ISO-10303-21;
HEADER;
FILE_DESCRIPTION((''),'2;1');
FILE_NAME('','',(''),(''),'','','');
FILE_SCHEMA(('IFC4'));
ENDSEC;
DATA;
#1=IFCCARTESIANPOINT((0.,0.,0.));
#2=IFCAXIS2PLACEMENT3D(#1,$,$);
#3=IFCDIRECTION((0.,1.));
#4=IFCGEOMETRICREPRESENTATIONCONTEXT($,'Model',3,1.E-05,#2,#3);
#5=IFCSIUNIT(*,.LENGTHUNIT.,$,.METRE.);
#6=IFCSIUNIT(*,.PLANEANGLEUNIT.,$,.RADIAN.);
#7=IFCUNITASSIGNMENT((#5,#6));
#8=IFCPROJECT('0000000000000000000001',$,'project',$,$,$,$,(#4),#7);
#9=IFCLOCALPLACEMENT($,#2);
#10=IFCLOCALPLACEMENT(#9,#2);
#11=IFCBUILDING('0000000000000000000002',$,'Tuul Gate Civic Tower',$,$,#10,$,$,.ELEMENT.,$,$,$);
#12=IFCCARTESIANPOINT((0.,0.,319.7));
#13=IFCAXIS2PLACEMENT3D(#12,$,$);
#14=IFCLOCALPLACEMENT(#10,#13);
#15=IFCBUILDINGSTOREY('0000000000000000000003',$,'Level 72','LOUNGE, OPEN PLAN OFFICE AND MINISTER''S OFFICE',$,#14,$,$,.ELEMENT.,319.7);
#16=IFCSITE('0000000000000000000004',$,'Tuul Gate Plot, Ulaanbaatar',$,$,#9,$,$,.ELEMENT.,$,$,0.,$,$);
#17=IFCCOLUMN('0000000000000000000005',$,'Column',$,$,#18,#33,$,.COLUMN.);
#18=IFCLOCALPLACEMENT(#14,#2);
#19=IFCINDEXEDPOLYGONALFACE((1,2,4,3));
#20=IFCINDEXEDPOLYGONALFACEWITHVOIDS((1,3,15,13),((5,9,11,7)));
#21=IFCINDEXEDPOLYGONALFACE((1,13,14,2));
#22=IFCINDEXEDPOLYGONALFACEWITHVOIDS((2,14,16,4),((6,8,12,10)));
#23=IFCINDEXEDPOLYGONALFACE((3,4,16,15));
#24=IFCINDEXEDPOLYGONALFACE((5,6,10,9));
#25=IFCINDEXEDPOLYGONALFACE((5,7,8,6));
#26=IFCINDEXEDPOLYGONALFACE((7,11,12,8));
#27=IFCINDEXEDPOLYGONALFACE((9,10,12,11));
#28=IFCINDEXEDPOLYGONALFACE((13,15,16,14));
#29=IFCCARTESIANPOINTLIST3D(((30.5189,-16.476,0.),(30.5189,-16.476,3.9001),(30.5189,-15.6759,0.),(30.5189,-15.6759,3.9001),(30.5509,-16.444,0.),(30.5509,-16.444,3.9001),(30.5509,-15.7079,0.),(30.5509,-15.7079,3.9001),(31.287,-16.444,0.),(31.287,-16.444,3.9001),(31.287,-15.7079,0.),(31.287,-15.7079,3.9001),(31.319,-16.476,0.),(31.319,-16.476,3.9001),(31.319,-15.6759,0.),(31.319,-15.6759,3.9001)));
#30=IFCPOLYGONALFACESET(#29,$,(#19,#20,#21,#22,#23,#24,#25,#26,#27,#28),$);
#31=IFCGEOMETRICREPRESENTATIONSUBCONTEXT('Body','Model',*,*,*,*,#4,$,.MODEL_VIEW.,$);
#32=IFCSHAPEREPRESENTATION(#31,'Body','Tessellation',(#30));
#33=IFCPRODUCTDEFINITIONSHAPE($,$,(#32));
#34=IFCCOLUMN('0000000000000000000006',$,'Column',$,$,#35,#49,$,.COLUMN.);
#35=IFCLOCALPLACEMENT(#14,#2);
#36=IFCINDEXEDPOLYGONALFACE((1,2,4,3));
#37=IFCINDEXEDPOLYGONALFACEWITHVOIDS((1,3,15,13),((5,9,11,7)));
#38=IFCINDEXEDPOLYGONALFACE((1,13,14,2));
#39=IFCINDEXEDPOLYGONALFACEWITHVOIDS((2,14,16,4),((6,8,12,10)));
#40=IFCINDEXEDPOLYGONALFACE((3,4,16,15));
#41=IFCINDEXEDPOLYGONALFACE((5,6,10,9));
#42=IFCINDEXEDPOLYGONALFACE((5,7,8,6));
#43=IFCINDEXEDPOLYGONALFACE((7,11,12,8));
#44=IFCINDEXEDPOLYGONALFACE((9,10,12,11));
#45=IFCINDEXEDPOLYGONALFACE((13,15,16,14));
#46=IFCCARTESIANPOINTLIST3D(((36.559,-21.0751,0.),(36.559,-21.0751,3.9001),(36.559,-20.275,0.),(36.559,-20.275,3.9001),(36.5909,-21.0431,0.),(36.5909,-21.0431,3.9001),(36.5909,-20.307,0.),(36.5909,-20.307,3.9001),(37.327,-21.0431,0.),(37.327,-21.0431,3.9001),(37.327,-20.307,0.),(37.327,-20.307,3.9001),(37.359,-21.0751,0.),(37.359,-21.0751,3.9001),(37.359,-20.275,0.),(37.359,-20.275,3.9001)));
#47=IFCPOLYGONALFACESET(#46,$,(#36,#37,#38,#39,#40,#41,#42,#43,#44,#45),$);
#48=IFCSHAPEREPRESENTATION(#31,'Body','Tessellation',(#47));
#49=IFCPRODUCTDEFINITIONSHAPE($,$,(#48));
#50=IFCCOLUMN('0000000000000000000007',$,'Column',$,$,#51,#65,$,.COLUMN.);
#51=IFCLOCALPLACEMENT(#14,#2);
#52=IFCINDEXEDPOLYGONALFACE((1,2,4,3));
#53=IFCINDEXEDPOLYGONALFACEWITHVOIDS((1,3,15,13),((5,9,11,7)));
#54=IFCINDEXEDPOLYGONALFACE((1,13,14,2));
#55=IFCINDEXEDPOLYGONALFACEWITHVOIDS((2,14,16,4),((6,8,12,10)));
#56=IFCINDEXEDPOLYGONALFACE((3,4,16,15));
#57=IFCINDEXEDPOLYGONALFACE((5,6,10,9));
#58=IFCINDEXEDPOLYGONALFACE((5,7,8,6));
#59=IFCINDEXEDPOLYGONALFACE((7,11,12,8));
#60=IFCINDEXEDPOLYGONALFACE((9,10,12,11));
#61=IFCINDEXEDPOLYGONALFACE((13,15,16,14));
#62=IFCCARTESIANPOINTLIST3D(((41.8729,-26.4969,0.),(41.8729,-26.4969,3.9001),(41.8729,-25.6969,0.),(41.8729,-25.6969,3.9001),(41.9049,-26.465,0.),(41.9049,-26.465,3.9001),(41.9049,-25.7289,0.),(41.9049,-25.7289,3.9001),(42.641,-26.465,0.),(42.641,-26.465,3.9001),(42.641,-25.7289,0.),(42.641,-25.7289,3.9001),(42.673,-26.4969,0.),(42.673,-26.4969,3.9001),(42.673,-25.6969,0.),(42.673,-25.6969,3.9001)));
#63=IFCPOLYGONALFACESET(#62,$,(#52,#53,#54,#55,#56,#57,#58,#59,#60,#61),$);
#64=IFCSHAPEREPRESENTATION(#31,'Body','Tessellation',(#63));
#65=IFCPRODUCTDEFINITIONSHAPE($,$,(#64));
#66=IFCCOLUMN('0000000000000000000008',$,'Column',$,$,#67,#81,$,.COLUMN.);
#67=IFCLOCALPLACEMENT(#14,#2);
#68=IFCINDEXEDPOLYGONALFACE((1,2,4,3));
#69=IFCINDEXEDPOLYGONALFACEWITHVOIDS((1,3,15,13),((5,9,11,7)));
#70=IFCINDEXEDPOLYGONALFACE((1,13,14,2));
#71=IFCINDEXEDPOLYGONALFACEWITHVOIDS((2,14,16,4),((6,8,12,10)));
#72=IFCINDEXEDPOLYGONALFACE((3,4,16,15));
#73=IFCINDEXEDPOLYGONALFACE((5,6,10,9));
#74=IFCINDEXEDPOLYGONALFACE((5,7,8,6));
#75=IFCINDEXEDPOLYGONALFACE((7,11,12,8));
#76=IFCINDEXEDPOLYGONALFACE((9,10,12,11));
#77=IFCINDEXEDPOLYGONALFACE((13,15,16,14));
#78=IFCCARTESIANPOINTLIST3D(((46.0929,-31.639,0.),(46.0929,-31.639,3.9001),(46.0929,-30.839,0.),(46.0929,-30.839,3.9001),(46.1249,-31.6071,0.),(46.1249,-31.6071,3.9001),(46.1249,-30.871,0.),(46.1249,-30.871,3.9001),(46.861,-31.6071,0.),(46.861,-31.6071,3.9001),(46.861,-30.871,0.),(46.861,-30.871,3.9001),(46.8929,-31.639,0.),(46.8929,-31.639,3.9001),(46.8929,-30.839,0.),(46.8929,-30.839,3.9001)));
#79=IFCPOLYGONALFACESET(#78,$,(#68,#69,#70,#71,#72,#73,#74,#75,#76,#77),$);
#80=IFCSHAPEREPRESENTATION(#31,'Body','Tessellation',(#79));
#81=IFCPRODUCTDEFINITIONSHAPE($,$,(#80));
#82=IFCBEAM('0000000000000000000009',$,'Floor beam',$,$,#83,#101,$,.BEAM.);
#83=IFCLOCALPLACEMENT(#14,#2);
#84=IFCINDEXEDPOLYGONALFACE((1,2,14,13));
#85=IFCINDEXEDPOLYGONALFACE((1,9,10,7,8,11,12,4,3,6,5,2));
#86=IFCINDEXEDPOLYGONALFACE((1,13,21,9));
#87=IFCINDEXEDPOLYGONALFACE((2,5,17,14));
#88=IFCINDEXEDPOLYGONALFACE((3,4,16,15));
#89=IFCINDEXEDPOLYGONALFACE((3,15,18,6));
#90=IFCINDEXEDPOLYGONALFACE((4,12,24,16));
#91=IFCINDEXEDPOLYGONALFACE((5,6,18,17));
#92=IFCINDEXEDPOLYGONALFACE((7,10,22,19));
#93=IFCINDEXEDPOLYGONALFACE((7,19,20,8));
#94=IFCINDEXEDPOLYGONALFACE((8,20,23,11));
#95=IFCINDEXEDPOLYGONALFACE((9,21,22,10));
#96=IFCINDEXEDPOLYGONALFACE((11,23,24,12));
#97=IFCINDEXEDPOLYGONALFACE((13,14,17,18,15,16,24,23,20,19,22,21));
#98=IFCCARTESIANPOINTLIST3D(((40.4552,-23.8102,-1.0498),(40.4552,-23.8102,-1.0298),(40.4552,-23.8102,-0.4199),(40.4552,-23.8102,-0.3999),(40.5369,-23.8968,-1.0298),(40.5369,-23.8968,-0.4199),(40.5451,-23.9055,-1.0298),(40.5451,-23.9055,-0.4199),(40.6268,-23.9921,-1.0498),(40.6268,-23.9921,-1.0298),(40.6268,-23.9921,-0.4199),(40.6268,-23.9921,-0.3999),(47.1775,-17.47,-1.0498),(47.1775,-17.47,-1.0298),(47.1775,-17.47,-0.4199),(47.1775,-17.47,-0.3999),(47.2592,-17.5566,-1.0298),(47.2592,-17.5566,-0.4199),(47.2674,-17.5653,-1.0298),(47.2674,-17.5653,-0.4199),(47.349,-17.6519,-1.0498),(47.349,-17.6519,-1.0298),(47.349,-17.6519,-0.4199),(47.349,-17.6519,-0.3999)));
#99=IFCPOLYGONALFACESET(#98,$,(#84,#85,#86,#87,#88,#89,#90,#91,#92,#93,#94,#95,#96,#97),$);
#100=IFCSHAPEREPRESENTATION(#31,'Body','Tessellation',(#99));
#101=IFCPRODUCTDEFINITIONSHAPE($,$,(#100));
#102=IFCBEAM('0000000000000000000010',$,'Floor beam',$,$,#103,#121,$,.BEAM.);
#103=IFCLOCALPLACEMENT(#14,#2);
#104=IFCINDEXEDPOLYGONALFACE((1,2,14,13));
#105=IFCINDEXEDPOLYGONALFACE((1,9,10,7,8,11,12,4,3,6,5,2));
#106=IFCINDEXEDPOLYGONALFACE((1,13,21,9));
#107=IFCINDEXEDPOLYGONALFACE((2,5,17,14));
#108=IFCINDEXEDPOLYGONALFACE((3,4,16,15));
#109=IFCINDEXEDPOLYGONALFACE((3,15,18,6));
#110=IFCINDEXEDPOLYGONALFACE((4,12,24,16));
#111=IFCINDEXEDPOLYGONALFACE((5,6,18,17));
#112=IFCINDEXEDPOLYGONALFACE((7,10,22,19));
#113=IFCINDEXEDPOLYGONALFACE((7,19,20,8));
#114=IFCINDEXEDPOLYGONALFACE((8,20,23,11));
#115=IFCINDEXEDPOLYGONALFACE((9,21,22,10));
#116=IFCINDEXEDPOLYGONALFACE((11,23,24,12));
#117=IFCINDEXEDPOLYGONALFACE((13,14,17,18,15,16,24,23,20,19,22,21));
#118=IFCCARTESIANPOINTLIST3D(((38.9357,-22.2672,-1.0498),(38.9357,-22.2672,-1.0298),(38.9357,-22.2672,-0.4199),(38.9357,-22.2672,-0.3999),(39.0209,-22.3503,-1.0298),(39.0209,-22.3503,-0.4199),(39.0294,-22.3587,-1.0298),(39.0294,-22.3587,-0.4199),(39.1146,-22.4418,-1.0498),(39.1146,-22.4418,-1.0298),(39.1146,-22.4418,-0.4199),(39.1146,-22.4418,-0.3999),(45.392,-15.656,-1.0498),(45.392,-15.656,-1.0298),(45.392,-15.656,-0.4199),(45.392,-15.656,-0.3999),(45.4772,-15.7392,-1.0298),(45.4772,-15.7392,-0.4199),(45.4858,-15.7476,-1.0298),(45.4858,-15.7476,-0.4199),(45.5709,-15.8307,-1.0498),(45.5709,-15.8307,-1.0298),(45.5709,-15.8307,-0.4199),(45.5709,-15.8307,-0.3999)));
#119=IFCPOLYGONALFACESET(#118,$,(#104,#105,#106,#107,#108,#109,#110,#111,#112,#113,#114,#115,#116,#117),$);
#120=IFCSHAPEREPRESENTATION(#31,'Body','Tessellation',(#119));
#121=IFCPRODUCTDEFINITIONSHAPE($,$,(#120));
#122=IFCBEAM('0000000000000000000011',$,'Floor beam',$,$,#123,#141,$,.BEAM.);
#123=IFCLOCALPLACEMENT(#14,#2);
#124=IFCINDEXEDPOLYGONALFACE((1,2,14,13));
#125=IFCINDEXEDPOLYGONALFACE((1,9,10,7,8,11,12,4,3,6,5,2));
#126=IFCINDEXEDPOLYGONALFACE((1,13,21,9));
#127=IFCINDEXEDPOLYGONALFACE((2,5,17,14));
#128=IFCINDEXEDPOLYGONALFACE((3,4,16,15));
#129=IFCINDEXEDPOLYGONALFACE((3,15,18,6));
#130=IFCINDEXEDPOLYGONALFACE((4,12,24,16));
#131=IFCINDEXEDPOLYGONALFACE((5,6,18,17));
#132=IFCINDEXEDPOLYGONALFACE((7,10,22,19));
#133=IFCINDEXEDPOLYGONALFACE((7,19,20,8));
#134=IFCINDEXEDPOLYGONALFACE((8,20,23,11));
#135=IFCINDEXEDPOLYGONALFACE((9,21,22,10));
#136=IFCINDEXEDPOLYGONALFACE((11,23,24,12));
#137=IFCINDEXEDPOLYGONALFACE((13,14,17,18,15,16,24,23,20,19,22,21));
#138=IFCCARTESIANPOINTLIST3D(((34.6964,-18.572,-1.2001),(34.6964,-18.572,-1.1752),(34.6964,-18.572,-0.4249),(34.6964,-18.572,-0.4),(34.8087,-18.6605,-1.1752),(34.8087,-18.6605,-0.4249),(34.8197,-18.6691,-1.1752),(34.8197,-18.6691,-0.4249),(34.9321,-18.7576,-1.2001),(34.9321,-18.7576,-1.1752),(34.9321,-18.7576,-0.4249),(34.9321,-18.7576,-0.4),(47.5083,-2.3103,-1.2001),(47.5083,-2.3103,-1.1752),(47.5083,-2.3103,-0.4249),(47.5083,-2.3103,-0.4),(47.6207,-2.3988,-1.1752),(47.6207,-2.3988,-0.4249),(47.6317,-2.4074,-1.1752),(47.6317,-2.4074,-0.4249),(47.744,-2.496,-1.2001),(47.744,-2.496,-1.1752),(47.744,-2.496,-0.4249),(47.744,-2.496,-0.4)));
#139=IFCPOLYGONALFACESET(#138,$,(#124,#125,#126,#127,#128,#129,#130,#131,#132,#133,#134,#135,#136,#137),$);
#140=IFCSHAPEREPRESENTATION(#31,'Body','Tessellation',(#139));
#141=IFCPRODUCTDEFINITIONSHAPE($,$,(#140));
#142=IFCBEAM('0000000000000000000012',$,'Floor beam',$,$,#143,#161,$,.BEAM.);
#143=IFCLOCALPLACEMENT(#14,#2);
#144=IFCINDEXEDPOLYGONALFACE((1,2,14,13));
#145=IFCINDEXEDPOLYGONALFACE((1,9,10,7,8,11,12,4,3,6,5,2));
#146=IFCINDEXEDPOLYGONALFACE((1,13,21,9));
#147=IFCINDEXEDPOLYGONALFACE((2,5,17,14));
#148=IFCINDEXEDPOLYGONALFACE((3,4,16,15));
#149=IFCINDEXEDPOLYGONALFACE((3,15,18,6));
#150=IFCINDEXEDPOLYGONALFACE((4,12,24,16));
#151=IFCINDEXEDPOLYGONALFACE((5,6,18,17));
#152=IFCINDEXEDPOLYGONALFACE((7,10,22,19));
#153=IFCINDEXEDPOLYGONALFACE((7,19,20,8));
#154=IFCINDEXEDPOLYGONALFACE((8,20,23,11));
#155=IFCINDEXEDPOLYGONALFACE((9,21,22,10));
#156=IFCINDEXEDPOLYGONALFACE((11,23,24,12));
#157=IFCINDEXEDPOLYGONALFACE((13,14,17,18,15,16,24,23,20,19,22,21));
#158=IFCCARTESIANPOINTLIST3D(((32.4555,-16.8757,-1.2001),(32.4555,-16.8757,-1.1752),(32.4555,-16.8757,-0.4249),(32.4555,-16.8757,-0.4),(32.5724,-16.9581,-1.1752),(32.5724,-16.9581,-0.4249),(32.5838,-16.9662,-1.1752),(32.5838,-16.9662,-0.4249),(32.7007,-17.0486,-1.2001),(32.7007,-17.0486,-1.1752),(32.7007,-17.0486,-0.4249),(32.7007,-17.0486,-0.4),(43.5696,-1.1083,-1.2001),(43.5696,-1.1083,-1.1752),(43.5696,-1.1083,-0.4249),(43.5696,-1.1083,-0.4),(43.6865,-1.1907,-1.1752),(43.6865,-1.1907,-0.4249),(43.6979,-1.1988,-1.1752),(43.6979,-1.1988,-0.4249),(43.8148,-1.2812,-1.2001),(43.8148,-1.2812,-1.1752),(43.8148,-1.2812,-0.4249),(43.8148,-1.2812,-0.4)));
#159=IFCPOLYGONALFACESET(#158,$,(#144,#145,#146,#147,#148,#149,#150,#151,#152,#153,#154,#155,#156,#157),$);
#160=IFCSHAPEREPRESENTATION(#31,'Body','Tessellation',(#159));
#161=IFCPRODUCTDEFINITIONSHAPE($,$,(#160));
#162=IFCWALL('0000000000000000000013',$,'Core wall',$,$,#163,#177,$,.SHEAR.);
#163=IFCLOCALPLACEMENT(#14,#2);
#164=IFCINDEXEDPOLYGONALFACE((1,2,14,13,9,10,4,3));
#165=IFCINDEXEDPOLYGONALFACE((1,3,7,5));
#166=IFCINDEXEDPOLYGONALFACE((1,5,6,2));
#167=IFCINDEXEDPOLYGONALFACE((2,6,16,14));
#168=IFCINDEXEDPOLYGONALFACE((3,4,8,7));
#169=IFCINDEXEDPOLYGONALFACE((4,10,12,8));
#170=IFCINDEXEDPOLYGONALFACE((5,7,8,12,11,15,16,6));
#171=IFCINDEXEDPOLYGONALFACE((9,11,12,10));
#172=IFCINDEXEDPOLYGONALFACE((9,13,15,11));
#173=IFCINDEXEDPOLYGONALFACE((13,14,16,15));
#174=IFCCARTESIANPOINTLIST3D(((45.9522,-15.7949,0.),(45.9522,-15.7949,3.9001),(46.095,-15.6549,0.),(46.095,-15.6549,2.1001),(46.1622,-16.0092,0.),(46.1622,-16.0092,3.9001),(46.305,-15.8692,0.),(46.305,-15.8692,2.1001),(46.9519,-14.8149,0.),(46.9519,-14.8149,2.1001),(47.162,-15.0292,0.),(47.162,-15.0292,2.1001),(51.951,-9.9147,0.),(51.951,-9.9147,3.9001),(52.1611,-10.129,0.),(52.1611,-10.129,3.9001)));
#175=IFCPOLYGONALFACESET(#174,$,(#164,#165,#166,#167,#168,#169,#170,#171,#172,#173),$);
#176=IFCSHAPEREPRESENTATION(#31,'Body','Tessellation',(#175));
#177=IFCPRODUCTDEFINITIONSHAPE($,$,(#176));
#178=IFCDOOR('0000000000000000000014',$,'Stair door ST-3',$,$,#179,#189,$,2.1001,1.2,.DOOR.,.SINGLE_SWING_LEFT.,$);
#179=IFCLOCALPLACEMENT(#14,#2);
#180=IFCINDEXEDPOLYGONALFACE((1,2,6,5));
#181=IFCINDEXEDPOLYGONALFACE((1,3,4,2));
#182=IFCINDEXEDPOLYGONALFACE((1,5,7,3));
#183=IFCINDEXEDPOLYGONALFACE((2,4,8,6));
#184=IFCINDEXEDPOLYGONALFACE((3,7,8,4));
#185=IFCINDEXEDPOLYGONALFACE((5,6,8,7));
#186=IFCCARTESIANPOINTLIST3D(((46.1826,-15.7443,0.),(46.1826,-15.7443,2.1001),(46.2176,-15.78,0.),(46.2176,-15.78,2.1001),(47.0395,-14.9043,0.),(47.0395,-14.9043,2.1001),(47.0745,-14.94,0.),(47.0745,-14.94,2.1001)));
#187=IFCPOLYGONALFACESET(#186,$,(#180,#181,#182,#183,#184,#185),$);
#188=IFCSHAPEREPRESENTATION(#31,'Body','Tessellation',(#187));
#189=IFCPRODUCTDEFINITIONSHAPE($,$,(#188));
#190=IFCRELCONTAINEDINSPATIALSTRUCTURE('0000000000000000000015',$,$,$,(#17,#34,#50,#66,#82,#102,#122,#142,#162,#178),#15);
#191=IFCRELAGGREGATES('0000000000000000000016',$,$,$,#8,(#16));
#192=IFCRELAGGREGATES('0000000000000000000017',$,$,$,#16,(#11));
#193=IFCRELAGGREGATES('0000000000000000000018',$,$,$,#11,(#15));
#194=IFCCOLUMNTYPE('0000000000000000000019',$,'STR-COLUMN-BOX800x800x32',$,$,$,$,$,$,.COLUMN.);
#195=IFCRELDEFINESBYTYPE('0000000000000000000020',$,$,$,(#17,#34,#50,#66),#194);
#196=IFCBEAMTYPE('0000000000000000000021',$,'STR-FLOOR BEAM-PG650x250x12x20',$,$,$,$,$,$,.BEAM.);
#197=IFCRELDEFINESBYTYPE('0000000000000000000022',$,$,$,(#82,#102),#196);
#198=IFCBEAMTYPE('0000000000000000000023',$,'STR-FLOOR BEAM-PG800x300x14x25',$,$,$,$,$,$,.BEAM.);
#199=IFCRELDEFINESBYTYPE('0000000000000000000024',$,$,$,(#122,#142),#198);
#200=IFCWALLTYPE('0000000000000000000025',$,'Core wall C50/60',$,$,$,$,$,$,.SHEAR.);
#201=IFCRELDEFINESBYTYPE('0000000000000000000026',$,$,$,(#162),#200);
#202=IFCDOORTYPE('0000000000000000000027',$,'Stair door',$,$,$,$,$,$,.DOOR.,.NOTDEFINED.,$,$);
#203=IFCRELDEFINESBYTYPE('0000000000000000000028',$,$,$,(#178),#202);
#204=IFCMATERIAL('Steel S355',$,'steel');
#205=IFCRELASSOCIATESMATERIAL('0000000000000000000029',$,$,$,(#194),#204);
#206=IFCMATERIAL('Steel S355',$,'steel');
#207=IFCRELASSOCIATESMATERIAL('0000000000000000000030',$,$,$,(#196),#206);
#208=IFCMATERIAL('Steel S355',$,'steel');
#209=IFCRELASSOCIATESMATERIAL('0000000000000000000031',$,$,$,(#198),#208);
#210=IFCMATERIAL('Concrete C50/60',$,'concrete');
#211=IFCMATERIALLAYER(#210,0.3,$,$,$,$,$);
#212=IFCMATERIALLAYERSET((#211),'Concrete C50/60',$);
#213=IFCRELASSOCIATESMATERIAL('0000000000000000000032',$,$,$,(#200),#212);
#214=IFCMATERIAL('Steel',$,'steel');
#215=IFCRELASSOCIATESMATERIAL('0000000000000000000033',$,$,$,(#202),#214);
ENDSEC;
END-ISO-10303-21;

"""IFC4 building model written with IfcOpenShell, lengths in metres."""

from ifc_helpers import new_model, si_unit, direction, frame, frame_2d, origin, origin_2d, place, context, subcontext, project, spatial, rectangle, hollow_rectangle, i_section, extrude, material, layer, layer_set, material_profile, profile_set, type_object, element, fill, save


model = new_model("IFC4")

# Units and contexts
model_context = context("Model", 3, precision=1e-05, world=origin(), true_north=direction((0.0, 1.0)))
body_context = subcontext(model_context, "Body", "Model", "MODEL_VIEW")
ifc_project = project(units=[si_unit("LENGTHUNIT", "METRE"), si_unit("PLANEANGLEUNIT", "RADIAN")], contexts=[model_context])

# Site, building, storey
site_placement = place(None, origin())
site = spatial("IfcSite", under=ifc_project, at=site_placement, Name="Tuul Gate Plot, Ulaanbaatar", CompositionType="ELEMENT", RefElevation=0.0)
building_placement = place(site_placement, origin())
building = spatial("IfcBuilding", under=site, at=building_placement, Name="Tuul Gate Civic Tower", CompositionType="ELEMENT")
storey_placement = place(building_placement, frame((0.0, 0.0, 319.7)))
storey = spatial("IfcBuildingStorey", under=building, at=storey_placement, Name="Level 72", Description="LOUNGE, OPEN PLAN OFFICE AND MINISTER'S OFFICE", CompositionType="ELEMENT", Elevation=319.7)

# Columns
ifc_material_1 = material(Name="Steel S355", Category="steel")
ifc_material_profile_1 = material_profile(ifc_material_1, hollow_rectangle(XDim=0.8, YDim=0.8, WallThickness=0.032, at=origin_2d()), Name="BOX800x800x32")
ifc_profile_set_1 = profile_set([ifc_material_profile_1], Name="Steel S355")
column_type = type_object("IfcColumnType", Name="STR-COLUMN-BOX800x800x32", PredefinedType="COLUMN", material=ifc_profile_set_1)
for number, where, z_axis, x_axis, name in (
    (1, (30.9189, -16.0759, 0.0), (0.0, 0.0, 1.0), (1.0, 0.0, 0.0), "Column"),
    (2, (36.959, -20.675, 0.0), (0.0, 0.0, 1.0), (1.0, 0.0, 0.0), "Column"),
    (3, (42.2729, -26.0969, 0.0), (0.0, 0.0, 1.0), (1.0, 0.0, 0.0), "Column"),
    (4, (46.4929, -31.239, 0.0), (0.0, 0.0, 1.0), (1.0, 0.0, 0.0), "Column"),
):
    element("IfcColumn", number, at=place(storey_placement, frame(where, z_axis=z_axis, x_axis=x_axis)), inside=storey, type_object=column_type, Name=name, PredefinedType="COLUMN", context=body_context, shape_type="SweptSolid", body=[
        extrude(hollow_rectangle(XDim=0.8, YDim=0.8, WallThickness=0.032, at=origin_2d()), origin(), (0.0, 0.0, 1.0), 3.9001),
    ])

# Beams
ifc_material_2 = material(Name="Steel S355", Category="steel")
ifc_material_profile_2 = material_profile(ifc_material_2, i_section(OverallWidth=0.25, OverallDepth=0.6499, WebThickness=0.012, FlangeThickness=0.02, at=origin_2d()), Name="PG650x250x12x20")
ifc_profile_set_2 = profile_set([ifc_material_profile_2], Name="Steel S355")
beam_type_1 = type_object("IfcBeamType", Name="STR-FLOOR BEAM-PG650x250x12x20", PredefinedType="BEAM", material=ifc_profile_set_2)
beam_1_placement = place(storey_placement, frame((40.541, -23.9011, -0.7249), z_axis=(0.727479, 0.68613, 0.0), x_axis=(-0.68613, 0.727479, 0.0)))
element("IfcBeam", 5, at=beam_1_placement, inside=storey, type_object=beam_type_1, Name="Floor beam", PredefinedType="BEAM", context=body_context, shape_type="SweptSolid", body=[
    extrude(i_section(OverallWidth=0.25, OverallDepth=0.6499, WebThickness=0.012, FlangeThickness=0.02, at=origin_2d()), origin(), (0.0, 0.0, 1.0), 9.2405),
])
beam_2_placement = place(storey_placement, frame((39.0251, -22.3545, -0.7249), z_axis=(0.698682, 0.715432, 0.0), x_axis=(-0.715432, 0.698682, 0.0)))
element("IfcBeam", 6, at=beam_2_placement, inside=storey, type_object=beam_type_1, Name="Floor beam", PredefinedType="BEAM", context=body_context, shape_type="SweptSolid", body=[
    extrude(i_section(OverallWidth=0.25, OverallDepth=0.6499, WebThickness=0.012, FlangeThickness=0.02, at=origin_2d()), origin(), (0.0, 0.0, 1.0), 9.2407),
])
ifc_material_3 = material(Name="Steel S355", Category="steel")
ifc_material_profile_3 = material_profile(ifc_material_3, i_section(OverallWidth=0.3, OverallDepth=0.8, WebThickness=0.0139, FlangeThickness=0.0249, at=origin_2d()), Name="PG800x300x14x25")
ifc_profile_set_3 = profile_set([ifc_material_profile_3], Name="Steel S355")
beam_type_2 = type_object("IfcBeamType", Name="STR-FLOOR BEAM-PG800x300x14x25", PredefinedType="BEAM", material=ifc_profile_set_3)
beam_3_placement = place(storey_placement, frame((34.8142, -18.6648, -0.8), z_axis=(0.618865, 0.785498, 0.0), x_axis=(-0.785498, 0.618865, 0.0)))
element("IfcBeam", 7, at=beam_3_placement, inside=storey, type_object=beam_type_2, Name="Floor beam", PredefinedType="BEAM", context=body_context, shape_type="SweptSolid", body=[
    extrude(i_section(OverallWidth=0.3, OverallDepth=0.8, WebThickness=0.0139, FlangeThickness=0.0249, at=origin_2d()), origin(), (0.0, 0.0, 1.0), 20.7024),
])
beam_4_placement = place(storey_placement, frame((32.5781, -16.9622, -0.8), z_axis=(0.576134, 0.817355, 0.0), x_axis=(-0.817355, 0.576134, 0.0)))
element("IfcBeam", 8, at=beam_4_placement, inside=storey, type_object=beam_type_2, Name="Floor beam", PredefinedType="BEAM", context=body_context, shape_type="SweptSolid", body=[
    extrude(i_section(OverallWidth=0.3, OverallDepth=0.8, WebThickness=0.0139, FlangeThickness=0.0249, at=origin_2d()), origin(), (0.0, 0.0, 1.0), 19.2908),
])

# Wall, opening, door
ifc_material_4 = material(Name="Concrete C50/60", Category="concrete")
ifc_layer_1 = layer(ifc_material_4, 0.3)
ifc_layer_set_1 = layer_set([ifc_layer_1], Name="Concrete C50/60")
wall_type_1 = type_object("IfcWallType", Name="Core wall C50/60", PredefinedType="SHEAR", material=ifc_layer_set_1)
wall_1_placement = place(storey_placement, frame((46.0571, -15.9021, 0.0), z_axis=(0.0, 0.0, 1.0), x_axis=(0.714134, 0.700009, 0.0)))
wall_1 = element("IfcWall", 9, at=wall_1_placement, inside=storey, type_object=wall_type_1, Name="Core wall", PredefinedType="SHEAR", context=body_context, shape_type="SweptSolid", body=[
    extrude(rectangle(XDim=8.4001, YDim=0.3, at=frame_2d((4.2002, 0.0))), origin(), (0.0, 0.0, 1.0), 3.9001),
])
opening_1_placement = place(wall_1_placement, frame((0.2, 0.0, 0.0)))
opening_1 = element("IfcOpeningElement", 10, at=opening_1_placement, cuts=wall_1, PredefinedType="OPENING", context=body_context, shape_type="SweptSolid", body=[
    extrude(rectangle(XDim=1.2, YDim=2.1001, at=frame_2d((0.6001, 1.05))), frame((0.0, 0.1602, 0.0), z_axis=(0.0, -1.0, 0.0), x_axis=(1.0, 0.0, 0.0)), (0.0, 0.0, 1.0), 0.3201),
])
ifc_material_5 = material(Name="Steel", Category="steel")
door_type = type_object("IfcDoorType", Name="Stair door", OperationType="NOTDEFINED", PredefinedType="DOOR", material=ifc_material_5)
door_placement = place(opening_1_placement, origin())
door = element("IfcDoor", 11, at=door_placement, inside=storey, type_object=door_type, Name="Stair door ST-3", OperationType="SINGLE_SWING_LEFT", OverallHeight=2.1001, OverallWidth=1.2, PredefinedType="DOOR", context=body_context, shape_type="SweptSolid", body=[
    extrude(rectangle(XDim=1.2, YDim=2.1001, at=frame_2d((0.6001, 1.05))), frame((0.0, 0.0249, 0.0), z_axis=(0.0, -1.0, 0.0), x_axis=(1.0, 0.0, 0.0)), (0.0, 0.0, 1.0), 0.05),
])
fill(opening_1, door)

save(model, "model.ifc")
